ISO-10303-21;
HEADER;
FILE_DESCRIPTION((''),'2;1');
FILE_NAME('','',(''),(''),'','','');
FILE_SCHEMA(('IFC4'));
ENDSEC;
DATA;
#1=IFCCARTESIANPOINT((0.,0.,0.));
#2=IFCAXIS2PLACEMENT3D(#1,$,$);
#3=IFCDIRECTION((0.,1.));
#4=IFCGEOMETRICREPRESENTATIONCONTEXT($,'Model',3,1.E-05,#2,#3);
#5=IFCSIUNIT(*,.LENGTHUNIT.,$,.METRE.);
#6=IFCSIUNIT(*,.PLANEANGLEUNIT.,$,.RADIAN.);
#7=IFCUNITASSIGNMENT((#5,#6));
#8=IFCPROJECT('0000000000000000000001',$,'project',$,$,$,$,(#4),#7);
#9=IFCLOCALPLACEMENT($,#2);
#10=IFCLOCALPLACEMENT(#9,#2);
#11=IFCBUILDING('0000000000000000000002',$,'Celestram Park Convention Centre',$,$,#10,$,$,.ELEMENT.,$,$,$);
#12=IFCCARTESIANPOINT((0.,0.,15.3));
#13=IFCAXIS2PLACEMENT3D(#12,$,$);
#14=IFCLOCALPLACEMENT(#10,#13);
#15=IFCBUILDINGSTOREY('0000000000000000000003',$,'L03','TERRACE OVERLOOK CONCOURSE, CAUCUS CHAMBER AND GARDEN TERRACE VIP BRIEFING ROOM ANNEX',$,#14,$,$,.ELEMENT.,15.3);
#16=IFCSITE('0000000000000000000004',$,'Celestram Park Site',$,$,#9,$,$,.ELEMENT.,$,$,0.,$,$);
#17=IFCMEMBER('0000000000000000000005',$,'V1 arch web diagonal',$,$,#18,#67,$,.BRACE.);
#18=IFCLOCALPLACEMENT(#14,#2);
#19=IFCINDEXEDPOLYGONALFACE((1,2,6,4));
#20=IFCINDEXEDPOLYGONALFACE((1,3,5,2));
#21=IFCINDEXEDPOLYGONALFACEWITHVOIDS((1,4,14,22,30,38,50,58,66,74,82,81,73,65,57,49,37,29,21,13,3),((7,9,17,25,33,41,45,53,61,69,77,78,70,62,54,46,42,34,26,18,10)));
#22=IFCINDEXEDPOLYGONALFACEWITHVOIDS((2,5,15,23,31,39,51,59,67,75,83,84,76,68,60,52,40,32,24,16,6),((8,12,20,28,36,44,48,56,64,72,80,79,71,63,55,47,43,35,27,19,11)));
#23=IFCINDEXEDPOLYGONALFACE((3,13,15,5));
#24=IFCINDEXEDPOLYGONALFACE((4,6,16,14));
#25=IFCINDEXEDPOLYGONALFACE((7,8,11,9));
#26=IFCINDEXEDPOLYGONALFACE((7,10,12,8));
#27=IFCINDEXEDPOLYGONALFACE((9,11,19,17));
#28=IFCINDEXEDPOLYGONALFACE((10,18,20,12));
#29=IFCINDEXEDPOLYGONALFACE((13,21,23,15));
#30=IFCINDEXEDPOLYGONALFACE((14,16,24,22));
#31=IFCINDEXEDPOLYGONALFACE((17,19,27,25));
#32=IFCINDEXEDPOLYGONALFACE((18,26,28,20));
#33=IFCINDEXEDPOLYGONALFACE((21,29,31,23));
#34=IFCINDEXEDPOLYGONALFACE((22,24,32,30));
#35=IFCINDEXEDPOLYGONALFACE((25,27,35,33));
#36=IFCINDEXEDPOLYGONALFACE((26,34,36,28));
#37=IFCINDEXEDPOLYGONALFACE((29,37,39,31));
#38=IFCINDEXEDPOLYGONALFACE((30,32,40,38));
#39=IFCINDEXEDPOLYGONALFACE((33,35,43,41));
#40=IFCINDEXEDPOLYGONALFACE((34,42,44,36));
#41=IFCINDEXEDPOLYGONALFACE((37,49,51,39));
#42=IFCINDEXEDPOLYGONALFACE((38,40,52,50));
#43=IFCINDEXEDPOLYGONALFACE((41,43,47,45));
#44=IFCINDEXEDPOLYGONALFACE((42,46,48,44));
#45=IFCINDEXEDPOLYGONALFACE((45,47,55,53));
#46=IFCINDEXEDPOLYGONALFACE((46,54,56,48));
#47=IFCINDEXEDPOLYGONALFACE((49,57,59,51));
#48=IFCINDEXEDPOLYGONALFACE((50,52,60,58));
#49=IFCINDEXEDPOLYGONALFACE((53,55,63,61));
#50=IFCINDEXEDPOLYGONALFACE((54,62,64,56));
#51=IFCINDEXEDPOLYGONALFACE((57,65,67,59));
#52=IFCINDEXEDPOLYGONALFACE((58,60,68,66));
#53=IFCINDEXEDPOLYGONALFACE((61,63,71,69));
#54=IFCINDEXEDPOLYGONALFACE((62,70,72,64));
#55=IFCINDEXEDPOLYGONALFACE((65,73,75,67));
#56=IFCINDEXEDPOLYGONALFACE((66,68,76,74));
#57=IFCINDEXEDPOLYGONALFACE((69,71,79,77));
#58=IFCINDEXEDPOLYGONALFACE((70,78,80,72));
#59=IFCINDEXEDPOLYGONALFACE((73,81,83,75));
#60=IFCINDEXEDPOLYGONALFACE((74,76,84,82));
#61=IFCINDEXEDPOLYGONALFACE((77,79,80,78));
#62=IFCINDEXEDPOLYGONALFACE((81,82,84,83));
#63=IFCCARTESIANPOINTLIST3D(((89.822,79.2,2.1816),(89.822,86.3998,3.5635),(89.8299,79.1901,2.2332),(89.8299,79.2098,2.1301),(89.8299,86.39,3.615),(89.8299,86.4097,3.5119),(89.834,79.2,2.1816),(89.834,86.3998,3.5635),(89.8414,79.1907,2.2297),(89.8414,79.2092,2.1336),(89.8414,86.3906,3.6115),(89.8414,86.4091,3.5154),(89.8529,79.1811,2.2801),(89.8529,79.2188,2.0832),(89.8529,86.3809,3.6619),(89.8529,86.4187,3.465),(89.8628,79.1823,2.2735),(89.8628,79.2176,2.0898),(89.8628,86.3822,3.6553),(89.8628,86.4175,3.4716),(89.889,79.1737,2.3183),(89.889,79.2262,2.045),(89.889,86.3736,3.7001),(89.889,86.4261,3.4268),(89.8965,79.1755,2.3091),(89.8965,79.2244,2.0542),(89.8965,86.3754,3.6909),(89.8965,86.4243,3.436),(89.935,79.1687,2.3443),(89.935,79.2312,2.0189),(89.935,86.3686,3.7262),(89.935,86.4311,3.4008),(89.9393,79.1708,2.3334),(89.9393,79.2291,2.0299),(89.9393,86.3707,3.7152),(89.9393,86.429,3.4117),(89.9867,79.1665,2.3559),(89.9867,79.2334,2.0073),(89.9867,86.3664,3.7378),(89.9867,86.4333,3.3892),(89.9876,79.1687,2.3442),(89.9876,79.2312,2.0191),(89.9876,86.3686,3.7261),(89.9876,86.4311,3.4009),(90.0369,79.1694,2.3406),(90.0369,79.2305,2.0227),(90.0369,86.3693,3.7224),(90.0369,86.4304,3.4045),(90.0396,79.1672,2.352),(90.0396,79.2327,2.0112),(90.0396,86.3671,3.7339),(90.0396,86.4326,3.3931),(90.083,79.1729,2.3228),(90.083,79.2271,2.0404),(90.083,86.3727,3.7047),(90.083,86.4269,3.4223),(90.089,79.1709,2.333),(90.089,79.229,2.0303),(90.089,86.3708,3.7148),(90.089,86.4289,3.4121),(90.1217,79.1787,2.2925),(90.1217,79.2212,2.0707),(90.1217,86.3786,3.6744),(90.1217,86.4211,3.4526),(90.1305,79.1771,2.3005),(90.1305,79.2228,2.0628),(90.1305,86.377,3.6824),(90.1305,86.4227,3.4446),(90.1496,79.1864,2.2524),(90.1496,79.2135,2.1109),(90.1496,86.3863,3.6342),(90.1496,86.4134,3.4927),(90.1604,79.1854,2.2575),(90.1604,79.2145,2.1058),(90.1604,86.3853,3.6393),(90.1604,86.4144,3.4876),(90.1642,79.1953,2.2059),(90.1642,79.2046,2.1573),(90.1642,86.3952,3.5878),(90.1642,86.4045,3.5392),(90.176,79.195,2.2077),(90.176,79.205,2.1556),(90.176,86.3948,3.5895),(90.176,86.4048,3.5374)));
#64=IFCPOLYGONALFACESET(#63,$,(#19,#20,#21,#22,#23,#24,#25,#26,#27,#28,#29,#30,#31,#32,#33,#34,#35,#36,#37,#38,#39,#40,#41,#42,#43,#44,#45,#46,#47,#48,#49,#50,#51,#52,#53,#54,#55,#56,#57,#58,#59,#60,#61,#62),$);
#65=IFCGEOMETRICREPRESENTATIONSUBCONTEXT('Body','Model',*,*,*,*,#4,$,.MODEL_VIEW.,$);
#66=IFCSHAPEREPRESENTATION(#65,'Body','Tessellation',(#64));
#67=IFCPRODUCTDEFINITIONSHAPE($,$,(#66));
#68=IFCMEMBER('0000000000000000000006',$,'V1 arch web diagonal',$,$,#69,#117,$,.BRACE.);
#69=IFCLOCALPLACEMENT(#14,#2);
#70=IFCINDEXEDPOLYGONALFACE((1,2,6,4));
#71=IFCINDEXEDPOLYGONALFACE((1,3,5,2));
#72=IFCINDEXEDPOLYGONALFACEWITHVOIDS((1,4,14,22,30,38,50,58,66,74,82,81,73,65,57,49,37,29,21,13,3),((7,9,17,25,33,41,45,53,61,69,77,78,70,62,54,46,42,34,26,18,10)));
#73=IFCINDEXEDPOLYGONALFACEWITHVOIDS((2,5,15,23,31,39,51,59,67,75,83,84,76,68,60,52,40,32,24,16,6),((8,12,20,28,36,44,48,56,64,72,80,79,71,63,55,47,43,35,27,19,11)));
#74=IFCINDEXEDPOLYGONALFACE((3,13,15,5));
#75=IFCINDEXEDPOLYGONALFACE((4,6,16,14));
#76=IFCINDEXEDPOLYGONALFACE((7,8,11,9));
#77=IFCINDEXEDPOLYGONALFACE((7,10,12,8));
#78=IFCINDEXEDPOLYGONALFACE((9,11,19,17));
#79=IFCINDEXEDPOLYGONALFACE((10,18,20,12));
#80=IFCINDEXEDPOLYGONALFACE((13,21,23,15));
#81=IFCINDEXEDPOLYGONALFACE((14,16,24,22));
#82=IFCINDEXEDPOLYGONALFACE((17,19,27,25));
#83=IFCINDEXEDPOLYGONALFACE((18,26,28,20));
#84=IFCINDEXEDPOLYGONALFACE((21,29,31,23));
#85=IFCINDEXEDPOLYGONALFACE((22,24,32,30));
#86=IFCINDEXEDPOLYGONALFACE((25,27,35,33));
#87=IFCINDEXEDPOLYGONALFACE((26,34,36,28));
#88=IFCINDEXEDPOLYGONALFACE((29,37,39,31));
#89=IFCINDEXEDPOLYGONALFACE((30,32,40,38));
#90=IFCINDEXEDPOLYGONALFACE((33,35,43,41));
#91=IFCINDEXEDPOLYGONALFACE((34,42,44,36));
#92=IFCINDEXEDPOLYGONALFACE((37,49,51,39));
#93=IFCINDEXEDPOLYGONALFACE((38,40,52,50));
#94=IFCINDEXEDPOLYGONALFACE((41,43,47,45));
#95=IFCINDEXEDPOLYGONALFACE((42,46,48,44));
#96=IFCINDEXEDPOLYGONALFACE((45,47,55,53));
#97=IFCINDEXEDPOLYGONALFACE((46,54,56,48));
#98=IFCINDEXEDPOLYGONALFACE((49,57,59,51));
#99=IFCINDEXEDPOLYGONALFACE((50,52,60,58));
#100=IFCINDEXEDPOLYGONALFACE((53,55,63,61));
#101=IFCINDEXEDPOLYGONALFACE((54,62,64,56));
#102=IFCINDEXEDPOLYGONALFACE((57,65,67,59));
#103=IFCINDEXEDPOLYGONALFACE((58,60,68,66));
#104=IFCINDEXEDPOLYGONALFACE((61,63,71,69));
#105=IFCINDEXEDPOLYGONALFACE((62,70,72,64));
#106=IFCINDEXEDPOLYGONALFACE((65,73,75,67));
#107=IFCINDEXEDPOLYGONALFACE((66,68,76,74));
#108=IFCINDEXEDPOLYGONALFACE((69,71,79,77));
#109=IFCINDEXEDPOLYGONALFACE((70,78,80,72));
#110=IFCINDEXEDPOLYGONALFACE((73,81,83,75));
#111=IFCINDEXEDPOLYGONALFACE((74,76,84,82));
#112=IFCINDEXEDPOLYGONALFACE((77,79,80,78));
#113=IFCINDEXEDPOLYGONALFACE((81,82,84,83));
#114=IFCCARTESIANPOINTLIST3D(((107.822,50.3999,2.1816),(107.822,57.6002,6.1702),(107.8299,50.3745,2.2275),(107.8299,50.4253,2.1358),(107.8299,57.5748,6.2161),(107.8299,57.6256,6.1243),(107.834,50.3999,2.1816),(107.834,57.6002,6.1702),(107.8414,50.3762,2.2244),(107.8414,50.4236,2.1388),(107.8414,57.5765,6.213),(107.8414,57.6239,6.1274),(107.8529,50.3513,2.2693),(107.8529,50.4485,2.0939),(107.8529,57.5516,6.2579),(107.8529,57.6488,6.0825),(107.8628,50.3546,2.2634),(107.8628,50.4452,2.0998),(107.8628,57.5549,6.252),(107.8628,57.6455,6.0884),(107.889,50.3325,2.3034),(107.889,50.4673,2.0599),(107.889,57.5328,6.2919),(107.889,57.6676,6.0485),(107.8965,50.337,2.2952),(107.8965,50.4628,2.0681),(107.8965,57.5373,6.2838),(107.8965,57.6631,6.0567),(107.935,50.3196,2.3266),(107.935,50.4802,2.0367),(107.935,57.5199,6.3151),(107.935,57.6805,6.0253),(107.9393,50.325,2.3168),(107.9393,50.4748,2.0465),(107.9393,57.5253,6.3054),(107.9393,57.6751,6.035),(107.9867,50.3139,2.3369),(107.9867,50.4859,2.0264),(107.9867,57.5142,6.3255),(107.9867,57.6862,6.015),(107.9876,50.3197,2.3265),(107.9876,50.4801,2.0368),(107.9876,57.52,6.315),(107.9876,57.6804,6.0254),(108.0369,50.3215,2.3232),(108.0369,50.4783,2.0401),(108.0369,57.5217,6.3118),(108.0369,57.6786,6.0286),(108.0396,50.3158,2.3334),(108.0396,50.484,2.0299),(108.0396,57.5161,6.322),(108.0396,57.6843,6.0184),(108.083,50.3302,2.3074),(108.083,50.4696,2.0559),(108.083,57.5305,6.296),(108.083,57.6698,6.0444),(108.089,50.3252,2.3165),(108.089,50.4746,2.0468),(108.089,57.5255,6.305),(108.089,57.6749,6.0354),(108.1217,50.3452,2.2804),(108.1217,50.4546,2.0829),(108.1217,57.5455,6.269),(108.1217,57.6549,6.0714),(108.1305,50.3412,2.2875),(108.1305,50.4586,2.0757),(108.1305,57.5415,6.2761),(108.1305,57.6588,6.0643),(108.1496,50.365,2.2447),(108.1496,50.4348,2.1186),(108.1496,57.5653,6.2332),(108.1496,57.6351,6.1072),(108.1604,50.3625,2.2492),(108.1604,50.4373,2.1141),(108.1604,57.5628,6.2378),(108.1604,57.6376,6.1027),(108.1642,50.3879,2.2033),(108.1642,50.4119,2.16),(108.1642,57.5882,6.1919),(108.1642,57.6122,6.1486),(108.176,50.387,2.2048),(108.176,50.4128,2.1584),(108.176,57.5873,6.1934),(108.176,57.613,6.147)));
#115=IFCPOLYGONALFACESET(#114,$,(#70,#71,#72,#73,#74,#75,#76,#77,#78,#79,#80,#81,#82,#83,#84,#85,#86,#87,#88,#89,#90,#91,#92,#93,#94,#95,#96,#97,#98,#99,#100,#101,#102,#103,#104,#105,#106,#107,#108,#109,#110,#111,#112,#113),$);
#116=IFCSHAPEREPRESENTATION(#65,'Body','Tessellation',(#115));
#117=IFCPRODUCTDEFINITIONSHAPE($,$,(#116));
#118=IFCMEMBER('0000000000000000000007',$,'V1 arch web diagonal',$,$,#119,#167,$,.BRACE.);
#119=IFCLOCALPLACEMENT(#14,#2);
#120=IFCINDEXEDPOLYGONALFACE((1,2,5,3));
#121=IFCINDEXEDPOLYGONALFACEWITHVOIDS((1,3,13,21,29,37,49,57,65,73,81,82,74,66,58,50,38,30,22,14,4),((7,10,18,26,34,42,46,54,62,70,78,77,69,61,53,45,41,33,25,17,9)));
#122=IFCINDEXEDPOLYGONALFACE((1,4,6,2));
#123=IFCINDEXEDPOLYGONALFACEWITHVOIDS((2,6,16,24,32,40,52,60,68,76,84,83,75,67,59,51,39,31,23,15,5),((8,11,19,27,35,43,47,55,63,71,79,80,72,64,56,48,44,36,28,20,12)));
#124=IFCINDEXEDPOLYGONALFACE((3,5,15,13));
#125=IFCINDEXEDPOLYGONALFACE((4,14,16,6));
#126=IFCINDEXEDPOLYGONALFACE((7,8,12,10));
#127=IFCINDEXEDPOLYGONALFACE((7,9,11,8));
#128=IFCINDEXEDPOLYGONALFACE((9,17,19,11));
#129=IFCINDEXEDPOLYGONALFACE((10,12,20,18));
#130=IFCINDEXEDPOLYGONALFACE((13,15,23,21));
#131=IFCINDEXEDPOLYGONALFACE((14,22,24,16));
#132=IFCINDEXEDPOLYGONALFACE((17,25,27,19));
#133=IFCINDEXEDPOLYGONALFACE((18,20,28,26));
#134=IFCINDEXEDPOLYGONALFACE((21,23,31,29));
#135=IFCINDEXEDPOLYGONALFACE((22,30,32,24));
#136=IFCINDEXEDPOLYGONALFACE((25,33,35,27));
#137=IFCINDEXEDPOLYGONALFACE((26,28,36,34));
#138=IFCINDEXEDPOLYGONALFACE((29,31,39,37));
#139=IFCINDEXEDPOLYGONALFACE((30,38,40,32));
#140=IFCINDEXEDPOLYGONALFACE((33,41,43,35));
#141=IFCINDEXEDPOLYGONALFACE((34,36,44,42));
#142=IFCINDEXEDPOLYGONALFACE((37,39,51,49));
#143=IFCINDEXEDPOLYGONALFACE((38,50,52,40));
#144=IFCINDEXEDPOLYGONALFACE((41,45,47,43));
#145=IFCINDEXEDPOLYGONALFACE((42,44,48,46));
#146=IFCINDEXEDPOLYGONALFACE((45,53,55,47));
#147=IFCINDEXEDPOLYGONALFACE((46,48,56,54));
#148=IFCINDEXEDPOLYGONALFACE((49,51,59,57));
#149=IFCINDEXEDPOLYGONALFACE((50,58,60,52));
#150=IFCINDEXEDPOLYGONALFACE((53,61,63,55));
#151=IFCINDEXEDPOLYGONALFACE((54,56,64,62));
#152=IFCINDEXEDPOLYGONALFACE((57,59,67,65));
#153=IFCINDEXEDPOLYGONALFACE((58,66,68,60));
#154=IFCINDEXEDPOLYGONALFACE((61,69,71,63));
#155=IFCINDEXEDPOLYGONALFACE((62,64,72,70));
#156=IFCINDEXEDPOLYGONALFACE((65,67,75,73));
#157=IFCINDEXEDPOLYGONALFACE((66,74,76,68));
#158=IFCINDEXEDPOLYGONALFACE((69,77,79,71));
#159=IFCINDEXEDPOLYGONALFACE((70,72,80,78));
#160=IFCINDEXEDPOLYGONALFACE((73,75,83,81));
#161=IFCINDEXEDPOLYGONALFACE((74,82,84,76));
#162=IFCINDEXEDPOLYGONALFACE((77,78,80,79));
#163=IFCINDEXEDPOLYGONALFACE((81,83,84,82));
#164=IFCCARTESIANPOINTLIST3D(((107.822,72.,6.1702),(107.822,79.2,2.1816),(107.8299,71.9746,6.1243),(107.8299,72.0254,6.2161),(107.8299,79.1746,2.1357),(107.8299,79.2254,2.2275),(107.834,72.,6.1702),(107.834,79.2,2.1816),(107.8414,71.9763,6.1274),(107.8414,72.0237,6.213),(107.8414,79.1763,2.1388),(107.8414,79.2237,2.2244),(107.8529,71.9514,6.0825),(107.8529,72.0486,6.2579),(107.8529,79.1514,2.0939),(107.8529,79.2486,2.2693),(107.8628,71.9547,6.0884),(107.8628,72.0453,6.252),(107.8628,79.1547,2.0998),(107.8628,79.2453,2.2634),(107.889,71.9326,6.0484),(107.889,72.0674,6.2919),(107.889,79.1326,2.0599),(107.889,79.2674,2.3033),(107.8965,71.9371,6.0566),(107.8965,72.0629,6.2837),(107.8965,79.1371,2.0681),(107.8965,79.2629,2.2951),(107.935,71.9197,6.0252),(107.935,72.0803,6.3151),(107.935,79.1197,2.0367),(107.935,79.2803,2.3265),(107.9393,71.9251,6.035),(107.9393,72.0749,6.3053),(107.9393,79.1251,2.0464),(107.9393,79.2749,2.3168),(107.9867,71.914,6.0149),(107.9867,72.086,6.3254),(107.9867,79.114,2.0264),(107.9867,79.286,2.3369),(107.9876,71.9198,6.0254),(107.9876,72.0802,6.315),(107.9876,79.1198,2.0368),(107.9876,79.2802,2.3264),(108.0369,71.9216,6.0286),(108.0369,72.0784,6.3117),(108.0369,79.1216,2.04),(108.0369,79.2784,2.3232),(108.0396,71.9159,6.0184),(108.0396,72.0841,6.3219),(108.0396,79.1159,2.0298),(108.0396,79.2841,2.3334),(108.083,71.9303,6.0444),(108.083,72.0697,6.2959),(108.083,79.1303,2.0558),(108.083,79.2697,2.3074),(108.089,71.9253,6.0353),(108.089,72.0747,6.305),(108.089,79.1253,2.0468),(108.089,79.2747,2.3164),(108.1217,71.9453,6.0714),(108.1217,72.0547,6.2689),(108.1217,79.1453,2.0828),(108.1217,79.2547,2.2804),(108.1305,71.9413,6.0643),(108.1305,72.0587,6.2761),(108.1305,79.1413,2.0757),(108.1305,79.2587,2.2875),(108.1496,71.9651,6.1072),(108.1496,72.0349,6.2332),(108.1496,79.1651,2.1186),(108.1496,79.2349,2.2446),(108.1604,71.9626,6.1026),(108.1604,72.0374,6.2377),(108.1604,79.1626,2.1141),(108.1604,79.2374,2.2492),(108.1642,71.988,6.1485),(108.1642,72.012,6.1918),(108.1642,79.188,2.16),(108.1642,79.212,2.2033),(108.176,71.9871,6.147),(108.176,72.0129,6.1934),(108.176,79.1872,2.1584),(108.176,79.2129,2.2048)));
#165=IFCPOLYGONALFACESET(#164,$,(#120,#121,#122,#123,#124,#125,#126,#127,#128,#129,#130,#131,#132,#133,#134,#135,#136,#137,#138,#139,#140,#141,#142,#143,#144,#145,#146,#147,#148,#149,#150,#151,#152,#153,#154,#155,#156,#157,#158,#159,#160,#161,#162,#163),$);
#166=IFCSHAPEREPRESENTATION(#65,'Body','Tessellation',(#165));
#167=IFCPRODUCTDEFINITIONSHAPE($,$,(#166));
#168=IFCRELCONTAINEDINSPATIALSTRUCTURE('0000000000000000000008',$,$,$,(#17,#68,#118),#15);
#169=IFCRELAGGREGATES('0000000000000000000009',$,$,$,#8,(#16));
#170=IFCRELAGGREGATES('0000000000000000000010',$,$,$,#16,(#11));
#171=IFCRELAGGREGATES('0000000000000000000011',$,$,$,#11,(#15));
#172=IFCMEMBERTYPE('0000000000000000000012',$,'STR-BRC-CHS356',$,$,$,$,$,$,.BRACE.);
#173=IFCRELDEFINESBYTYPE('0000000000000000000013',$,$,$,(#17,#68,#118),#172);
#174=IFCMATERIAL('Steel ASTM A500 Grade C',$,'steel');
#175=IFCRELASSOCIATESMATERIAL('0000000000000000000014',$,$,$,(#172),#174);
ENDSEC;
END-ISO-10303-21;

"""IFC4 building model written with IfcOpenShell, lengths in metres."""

from ifc_helpers import new_model, si_unit, direction, frame, origin, origin_2d, place, context, subcontext, project, spatial, hollow_circle, extrude, material, material_profile, profile_set, type_object, element, save


model = new_model("IFC4")

# Units and contexts
model_context = context("Model", 3, precision=1e-05, world=origin(), true_north=direction((0.0, 1.0)))
body_context = subcontext(model_context, "Body", "Model", "MODEL_VIEW")
ifc_project = project(units=[si_unit("LENGTHUNIT", "METRE"), si_unit("PLANEANGLEUNIT", "RADIAN")], contexts=[model_context])

# Site, building, storey
site_placement = place(None, origin())
site = spatial("IfcSite", under=ifc_project, at=site_placement, Name="Celestram Park Site", CompositionType="ELEMENT", RefElevation=0.0)
building_placement = place(site_placement, origin())
building = spatial("IfcBuilding", under=site, at=building_placement, Name="Celestram Park Convention Centre", CompositionType="ELEMENT")
storey_placement = place(building_placement, frame((0.0, 0.0, 15.3)))
storey = spatial("IfcBuildingStorey", under=building, at=storey_placement, Name="L03", Description="TERRACE OVERLOOK CONCOURSE, CAUCUS CHAMBER AND GARDEN TERRACE VIP BRIEFING ROOM ANNEX", CompositionType="ELEMENT", Elevation=15.3)

# Members
ifc_material_1 = material(Name="Steel ASTM A500 Grade C", Category="steel")
ifc_material_profile_1 = material_profile(ifc_material_1, hollow_circle(Radius=0.178, WallThickness=0.012, at=origin_2d()), Name="CHS356X12")
ifc_profile_set_1 = profile_set([ifc_material_profile_1], Name="Steel ASTM A500 Grade C")
member_type_1 = type_object("IfcMemberType", Name="STR-BRC-CHS356", PredefinedType="BRACE", material=ifc_profile_set_1)
member_1_placement = place(storey_placement, frame((90.0, 79.2, 2.1816), z_axis=(0.0, 0.982076, 0.188483), x_axis=(-1.0, 0.0, 0.0)))
element("IfcMember", 1, at=member_1_placement, inside=storey, type_object=member_type_1, Name="V1 arch web diagonal", PredefinedType="BRACE", context=body_context, shape_type="SweptSolid", body=[
    extrude(hollow_circle(Radius=0.178, WallThickness=0.012, at=origin_2d()), origin(), (0.0, 0.0, 1.0), 7.3313),
])
member_2_placement = place(storey_placement, frame((108.0, 50.3999, 2.1816), z_axis=(0.0, 0.874754, 0.484567), x_axis=(-1.0, 0.0, 0.0)))
element("IfcMember", 2, at=member_2_placement, inside=storey, type_object=member_type_1, Name="V1 arch web diagonal", PredefinedType="BRACE", context=body_context, shape_type="SweptSolid", body=[
    extrude(hollow_circle(Radius=0.178, WallThickness=0.012, at=origin_2d()), origin(), (0.0, 0.0, 1.0), 8.2312),
])
member_3_placement = place(storey_placement, frame((108.0, 72.0, 6.1702), z_axis=(0.0, 0.874747, -0.48458), x_axis=(-1.0, 0.0, 0.0)))
element("IfcMember", 3, at=member_3_placement, inside=storey, type_object=member_type_1, Name="V1 arch web diagonal", PredefinedType="BRACE", context=body_context, shape_type="SweptSolid", body=[
    extrude(hollow_circle(Radius=0.178, WallThickness=0.012, at=origin_2d()), origin(), (0.0, 0.0, 1.0), 8.231),
])

save(model, "model.ifc")
